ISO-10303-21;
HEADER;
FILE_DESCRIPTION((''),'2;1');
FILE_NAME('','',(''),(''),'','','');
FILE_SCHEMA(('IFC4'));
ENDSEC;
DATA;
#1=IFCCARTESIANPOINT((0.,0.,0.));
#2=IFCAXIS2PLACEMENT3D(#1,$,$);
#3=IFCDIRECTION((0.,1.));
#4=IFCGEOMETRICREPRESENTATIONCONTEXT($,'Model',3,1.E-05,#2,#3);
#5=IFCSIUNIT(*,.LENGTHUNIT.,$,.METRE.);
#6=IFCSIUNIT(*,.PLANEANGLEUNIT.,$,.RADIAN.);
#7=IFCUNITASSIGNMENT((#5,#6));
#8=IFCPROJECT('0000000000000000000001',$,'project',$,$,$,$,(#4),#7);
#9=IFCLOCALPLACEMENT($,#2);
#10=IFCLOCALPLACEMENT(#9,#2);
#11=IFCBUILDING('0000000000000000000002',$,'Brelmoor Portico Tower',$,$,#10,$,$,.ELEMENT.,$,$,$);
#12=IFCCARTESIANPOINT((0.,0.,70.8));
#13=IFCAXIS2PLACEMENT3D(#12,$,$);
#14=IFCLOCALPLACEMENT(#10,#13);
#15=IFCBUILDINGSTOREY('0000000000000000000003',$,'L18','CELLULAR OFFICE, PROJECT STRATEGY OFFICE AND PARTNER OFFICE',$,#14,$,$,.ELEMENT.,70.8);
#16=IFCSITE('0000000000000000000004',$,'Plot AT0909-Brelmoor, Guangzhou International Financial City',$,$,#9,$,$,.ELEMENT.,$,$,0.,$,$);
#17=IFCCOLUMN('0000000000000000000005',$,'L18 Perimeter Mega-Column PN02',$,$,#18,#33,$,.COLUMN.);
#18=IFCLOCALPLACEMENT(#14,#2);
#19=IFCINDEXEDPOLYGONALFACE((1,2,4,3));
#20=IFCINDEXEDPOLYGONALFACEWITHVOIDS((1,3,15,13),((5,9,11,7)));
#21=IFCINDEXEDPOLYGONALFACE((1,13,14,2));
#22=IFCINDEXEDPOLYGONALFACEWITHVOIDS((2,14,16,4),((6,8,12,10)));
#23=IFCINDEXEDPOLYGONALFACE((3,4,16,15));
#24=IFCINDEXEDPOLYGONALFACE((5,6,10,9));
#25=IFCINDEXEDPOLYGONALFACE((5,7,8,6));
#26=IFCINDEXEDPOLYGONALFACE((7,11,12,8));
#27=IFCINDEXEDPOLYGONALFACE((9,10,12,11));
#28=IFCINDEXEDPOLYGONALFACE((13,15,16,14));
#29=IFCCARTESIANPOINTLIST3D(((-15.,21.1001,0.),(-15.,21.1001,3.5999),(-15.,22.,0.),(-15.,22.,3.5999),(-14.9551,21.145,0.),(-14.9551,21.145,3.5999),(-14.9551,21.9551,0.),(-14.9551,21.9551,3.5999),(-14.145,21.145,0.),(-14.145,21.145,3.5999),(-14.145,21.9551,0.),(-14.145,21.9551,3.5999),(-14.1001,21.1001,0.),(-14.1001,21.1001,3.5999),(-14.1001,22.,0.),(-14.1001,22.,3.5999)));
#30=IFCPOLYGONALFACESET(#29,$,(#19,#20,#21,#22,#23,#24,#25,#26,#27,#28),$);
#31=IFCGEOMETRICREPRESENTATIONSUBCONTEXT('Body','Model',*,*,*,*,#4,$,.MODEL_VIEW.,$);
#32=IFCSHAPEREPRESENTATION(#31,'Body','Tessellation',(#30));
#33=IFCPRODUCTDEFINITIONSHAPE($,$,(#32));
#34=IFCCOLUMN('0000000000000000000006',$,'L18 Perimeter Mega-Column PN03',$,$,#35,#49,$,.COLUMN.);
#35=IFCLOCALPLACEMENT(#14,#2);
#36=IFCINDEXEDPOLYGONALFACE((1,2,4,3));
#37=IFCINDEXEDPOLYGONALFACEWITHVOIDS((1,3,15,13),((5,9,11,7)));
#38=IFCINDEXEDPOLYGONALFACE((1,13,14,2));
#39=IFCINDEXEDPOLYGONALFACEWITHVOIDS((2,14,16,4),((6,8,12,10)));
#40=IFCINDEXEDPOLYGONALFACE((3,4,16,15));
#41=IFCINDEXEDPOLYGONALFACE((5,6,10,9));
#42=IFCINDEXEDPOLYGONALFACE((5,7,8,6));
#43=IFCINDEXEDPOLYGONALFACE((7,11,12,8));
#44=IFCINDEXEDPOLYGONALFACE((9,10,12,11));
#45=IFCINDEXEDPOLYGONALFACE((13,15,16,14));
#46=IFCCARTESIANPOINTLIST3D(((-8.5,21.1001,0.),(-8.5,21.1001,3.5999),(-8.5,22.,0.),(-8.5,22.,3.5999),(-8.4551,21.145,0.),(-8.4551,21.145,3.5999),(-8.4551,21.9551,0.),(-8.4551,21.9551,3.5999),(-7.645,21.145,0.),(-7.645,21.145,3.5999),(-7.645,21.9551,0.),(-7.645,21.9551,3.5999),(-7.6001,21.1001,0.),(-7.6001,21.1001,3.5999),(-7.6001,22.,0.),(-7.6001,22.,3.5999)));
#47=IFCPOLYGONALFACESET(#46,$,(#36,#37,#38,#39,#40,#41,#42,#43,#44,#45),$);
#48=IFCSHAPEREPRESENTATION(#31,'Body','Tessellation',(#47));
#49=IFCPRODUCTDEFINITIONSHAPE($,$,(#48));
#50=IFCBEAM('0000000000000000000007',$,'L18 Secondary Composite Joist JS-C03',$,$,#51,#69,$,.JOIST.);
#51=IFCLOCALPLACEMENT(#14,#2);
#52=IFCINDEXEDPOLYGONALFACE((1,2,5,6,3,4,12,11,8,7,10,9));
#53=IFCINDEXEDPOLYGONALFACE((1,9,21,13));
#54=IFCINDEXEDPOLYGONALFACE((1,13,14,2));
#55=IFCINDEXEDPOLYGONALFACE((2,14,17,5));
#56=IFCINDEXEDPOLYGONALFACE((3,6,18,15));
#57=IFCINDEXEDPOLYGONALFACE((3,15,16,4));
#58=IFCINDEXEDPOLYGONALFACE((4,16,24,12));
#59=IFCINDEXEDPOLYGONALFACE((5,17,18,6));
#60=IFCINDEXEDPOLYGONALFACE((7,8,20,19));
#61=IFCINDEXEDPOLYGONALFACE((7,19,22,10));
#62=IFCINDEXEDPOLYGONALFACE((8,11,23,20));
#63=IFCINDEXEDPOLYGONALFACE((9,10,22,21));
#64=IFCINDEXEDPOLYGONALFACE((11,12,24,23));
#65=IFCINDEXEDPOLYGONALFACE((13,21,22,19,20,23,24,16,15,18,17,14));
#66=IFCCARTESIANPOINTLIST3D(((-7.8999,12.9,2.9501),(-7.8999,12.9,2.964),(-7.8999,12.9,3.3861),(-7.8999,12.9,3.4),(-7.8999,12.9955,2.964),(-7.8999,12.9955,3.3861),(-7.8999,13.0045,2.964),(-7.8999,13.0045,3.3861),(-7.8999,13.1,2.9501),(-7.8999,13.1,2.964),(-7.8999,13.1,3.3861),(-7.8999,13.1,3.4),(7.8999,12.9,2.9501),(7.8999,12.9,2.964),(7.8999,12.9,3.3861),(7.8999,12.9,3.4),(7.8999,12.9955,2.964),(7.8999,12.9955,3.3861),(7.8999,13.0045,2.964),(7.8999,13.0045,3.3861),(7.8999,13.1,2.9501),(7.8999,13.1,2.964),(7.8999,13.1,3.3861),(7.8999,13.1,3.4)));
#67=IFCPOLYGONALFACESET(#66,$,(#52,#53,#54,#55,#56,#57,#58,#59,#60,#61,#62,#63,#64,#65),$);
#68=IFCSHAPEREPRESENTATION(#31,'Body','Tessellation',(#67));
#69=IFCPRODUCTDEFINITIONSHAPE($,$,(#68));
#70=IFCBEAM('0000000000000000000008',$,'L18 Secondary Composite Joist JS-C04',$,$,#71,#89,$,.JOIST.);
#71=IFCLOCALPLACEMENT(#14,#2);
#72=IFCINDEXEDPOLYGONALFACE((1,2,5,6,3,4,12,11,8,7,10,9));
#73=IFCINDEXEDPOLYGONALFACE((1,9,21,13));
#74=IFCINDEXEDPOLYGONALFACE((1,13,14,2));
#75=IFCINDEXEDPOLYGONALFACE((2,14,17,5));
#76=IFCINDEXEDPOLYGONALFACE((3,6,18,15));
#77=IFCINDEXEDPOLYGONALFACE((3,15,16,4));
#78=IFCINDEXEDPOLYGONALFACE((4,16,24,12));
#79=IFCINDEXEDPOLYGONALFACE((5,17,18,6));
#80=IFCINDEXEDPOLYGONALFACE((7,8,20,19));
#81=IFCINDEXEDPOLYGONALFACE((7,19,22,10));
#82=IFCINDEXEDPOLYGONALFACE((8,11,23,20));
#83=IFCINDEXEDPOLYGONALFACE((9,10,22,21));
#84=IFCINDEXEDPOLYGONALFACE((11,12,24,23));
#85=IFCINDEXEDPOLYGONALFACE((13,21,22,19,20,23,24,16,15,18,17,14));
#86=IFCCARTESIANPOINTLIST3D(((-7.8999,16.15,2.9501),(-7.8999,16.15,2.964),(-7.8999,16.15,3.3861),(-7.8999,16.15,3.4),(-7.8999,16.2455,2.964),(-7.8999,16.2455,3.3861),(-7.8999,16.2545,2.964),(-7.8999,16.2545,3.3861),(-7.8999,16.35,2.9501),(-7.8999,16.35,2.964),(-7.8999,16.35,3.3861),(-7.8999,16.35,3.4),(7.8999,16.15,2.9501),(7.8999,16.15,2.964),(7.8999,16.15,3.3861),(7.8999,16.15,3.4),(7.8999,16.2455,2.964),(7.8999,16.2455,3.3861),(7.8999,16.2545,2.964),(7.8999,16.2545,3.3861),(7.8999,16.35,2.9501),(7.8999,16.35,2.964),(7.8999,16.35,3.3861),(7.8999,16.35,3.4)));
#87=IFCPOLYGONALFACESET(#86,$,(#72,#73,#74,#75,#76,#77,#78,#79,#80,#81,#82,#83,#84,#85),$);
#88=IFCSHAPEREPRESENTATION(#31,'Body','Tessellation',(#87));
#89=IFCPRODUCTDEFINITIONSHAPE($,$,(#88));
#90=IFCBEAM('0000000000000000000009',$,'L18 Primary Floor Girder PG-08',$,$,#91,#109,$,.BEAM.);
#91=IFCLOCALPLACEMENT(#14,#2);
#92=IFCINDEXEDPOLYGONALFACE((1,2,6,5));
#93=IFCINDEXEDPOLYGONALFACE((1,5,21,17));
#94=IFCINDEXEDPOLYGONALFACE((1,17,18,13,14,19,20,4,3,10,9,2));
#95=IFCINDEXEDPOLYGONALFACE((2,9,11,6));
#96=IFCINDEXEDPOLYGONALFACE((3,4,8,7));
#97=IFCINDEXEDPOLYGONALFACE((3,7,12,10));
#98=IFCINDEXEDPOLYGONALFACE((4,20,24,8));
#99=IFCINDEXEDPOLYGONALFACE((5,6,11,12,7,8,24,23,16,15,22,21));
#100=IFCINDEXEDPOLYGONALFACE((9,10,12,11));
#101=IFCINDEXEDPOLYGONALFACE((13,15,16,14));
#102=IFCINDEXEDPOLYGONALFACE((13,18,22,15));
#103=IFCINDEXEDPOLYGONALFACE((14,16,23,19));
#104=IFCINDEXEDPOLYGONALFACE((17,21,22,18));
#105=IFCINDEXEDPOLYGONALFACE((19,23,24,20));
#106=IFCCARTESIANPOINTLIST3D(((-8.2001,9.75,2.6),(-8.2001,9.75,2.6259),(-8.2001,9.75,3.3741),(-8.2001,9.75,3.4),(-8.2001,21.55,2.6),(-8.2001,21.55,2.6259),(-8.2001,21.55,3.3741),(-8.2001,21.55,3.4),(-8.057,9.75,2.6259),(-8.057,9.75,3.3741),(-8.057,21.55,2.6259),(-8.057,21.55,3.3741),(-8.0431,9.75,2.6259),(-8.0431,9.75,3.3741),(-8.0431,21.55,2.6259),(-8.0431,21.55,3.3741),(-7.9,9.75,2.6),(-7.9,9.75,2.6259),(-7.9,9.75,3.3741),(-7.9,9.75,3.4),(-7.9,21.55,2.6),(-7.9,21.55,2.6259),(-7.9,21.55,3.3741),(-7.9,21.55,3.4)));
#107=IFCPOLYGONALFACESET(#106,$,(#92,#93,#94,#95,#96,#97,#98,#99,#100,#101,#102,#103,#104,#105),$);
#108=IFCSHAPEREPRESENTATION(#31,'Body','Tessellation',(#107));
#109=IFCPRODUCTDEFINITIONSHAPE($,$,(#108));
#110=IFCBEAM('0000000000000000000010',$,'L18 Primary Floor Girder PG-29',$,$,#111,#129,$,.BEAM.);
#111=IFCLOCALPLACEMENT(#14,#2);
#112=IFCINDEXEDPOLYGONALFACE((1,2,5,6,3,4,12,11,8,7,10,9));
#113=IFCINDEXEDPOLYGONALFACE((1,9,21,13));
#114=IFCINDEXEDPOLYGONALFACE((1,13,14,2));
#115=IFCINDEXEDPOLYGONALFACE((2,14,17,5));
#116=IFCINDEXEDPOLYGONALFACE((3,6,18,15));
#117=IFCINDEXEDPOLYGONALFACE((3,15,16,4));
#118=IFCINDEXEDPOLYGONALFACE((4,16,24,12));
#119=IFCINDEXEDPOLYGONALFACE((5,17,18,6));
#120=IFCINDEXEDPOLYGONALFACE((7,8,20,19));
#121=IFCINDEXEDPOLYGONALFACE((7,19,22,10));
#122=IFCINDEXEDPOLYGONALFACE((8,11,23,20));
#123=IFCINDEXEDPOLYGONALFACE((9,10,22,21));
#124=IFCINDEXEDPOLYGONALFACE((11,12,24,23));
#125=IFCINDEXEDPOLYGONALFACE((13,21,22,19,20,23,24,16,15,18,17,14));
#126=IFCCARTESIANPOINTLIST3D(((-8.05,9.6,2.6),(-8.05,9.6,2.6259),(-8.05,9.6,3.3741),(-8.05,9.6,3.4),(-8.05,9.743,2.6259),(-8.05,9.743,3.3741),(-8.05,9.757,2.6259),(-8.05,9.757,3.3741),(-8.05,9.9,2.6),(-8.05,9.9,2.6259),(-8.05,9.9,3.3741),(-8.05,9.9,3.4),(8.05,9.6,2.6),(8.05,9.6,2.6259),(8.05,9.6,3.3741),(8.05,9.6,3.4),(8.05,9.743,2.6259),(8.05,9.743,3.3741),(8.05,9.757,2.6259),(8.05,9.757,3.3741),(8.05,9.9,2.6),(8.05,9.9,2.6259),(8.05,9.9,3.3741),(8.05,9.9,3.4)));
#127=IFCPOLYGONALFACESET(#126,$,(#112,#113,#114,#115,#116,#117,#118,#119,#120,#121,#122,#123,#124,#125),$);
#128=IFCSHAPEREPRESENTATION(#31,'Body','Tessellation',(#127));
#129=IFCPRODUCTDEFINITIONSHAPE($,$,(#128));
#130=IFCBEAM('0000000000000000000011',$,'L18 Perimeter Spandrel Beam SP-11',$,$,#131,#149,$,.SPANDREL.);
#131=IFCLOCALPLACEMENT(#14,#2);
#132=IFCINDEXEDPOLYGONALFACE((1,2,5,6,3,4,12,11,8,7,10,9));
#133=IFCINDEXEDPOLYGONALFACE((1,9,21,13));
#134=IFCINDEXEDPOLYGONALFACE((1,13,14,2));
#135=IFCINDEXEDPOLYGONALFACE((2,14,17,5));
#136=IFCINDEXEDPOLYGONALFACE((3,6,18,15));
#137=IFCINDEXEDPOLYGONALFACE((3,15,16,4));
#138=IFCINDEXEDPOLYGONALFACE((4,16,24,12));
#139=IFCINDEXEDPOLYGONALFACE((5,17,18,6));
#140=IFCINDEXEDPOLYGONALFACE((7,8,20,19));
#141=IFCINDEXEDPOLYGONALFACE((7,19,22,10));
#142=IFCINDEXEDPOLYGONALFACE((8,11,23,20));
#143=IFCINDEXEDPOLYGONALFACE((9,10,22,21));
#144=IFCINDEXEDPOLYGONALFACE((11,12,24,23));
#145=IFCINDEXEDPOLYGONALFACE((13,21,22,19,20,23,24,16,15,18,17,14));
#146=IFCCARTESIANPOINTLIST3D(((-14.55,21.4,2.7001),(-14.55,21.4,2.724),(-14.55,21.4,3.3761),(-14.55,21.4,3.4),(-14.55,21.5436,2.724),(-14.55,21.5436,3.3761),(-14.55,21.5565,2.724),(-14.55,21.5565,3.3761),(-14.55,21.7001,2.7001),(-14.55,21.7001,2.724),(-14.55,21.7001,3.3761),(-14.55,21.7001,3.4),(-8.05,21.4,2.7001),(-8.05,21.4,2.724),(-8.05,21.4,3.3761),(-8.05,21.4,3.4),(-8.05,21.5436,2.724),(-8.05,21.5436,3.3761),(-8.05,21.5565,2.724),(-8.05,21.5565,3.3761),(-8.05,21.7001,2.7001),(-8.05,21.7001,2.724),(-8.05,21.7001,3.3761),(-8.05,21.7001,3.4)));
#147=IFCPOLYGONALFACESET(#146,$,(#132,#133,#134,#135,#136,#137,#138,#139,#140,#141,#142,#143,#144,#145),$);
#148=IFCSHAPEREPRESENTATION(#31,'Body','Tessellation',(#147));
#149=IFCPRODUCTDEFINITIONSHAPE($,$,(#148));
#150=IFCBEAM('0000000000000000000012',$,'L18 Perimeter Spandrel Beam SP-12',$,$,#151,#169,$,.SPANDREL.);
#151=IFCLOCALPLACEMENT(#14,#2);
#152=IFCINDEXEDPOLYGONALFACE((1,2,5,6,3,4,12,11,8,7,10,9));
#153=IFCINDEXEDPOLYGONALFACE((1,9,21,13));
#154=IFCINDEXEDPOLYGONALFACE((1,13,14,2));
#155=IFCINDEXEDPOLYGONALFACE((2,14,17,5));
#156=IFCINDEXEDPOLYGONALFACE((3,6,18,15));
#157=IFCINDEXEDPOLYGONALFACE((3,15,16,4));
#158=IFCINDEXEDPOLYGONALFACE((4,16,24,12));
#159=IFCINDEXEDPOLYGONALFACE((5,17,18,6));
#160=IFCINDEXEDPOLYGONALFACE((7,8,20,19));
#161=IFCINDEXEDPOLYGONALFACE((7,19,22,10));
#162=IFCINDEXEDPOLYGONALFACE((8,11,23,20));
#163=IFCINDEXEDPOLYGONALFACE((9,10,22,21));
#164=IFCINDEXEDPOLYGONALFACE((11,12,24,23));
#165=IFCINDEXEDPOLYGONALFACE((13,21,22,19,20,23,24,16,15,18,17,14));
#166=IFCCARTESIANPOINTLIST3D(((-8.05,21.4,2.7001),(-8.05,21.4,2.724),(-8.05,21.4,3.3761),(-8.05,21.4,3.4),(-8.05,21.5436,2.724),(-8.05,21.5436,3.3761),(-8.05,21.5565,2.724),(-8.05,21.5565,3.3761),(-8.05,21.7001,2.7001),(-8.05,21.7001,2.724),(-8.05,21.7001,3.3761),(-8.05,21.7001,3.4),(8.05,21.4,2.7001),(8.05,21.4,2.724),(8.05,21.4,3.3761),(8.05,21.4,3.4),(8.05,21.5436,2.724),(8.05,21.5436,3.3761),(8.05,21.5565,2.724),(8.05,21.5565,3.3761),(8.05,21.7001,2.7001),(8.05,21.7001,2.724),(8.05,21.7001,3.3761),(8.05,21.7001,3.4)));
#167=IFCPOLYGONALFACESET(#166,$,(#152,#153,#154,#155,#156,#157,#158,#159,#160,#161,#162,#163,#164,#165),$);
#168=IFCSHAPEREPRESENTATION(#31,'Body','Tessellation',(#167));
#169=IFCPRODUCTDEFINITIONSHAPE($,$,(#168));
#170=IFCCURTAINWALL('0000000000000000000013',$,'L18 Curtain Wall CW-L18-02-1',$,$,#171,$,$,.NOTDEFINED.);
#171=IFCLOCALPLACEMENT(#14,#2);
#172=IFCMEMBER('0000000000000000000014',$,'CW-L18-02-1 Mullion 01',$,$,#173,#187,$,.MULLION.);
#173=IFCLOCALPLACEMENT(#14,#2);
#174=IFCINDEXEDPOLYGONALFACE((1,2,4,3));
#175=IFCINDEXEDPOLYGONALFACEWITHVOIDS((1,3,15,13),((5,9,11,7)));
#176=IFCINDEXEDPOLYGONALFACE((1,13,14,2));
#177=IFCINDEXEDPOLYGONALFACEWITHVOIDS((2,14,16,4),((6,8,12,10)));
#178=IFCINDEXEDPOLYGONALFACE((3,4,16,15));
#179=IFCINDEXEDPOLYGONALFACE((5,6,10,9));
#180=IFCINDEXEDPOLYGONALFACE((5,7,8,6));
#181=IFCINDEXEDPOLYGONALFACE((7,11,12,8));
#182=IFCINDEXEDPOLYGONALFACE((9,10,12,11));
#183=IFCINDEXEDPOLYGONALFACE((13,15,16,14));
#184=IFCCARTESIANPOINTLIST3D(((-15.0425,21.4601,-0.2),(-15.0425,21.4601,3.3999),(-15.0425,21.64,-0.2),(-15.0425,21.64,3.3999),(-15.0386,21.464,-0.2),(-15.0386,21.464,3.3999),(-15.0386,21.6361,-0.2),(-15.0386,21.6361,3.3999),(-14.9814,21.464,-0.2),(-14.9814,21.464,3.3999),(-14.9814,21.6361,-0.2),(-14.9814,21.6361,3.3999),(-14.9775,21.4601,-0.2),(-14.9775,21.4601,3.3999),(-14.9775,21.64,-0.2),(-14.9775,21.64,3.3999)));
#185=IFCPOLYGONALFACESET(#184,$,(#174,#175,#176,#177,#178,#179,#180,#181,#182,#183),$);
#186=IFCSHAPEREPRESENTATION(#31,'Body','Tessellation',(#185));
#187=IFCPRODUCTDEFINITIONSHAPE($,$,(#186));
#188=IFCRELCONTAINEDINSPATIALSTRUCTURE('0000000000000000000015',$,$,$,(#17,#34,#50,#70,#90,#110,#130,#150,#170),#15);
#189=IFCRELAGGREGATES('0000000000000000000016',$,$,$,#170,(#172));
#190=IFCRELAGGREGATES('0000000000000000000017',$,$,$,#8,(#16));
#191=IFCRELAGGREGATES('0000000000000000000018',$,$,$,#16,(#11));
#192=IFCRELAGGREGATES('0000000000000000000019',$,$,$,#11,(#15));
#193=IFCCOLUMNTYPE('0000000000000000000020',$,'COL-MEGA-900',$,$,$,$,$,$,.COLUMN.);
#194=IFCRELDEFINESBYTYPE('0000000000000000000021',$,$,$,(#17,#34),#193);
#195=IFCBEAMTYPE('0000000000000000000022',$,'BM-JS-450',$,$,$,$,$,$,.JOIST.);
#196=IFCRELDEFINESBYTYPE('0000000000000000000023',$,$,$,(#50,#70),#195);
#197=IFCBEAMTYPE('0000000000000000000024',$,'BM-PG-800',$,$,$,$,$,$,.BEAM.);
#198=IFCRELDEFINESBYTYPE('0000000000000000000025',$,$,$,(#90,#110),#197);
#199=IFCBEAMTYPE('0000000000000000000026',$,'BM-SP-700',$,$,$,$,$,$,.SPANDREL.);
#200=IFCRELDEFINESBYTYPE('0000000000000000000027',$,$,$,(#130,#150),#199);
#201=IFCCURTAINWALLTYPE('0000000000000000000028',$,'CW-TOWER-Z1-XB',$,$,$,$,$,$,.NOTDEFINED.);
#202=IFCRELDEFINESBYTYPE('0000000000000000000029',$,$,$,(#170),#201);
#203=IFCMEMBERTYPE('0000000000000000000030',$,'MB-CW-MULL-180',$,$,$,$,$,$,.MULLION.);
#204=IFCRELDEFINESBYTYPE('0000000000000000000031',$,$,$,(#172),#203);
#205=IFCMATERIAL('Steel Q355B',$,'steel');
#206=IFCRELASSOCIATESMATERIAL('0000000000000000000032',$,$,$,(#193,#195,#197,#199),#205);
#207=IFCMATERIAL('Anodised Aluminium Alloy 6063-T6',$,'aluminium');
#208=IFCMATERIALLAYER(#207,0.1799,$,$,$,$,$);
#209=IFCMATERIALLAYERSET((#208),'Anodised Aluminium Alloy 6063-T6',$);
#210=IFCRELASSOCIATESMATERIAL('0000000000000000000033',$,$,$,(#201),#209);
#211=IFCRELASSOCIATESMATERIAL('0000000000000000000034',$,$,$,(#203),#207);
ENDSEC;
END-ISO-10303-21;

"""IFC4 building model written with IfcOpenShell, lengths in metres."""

from ifc_helpers import new_model, si_unit, direction, frame, origin, origin_2d, place, context, subcontext, project, spatial, hollow_rectangle, i_section, extrude, material, layer, layer_set, material_profile, profile_set, type_object, element, aggregate, save


model = new_model("IFC4")

# Units and contexts
model_context = context("Model", 3, precision=1e-05, world=origin(), true_north=direction((0.0, 1.0)))
body_context = subcontext(model_context, "Body", "Model", "MODEL_VIEW")
ifc_project = project(units=[si_unit("LENGTHUNIT", "METRE"), si_unit("PLANEANGLEUNIT", "RADIAN")], contexts=[model_context])

# Site, building, storey
site_placement = place(None, origin())
site = spatial("IfcSite", under=ifc_project, at=site_placement, Name="Plot AT0909-Brelmoor, Guangzhou International Financial City", CompositionType="ELEMENT", RefElevation=0.0)
building_placement = place(site_placement, origin())
building = spatial("IfcBuilding", under=site, at=building_placement, Name="Brelmoor Portico Tower", CompositionType="ELEMENT")
storey_placement = place(building_placement, frame((0.0, 0.0, 70.8)))
storey = spatial("IfcBuildingStorey", under=building, at=storey_placement, Name="L18", Description="CELLULAR OFFICE, PROJECT STRATEGY OFFICE AND PARTNER OFFICE", CompositionType="ELEMENT", Elevation=70.8)

# Columns
ifc_material_1 = material(Name="Steel Q355B", Category="steel")
ifc_material_profile_1 = material_profile(ifc_material_1, hollow_rectangle(XDim=0.8999, YDim=0.8999, WallThickness=0.0449, at=origin_2d()), Name="BOX 900x900x45")
ifc_profile_set_1 = profile_set([ifc_material_profile_1], Name="Steel Q355B")
column_type = type_object("IfcColumnType", Name="COL-MEGA-900", PredefinedType="COLUMN", material=ifc_profile_set_1)
for number, where, z_axis, x_axis, name in (
    (1, (-14.55, 21.55, 0.0), (0.0, 0.0, 1.0), (1.0, 0.0, 0.0), "L18 Perimeter Mega-Column PN02"),
    (2, (-8.05, 21.55, 0.0), (0.0, 0.0, 1.0), (1.0, 0.0, 0.0), "L18 Perimeter Mega-Column PN03"),
):
    element("IfcColumn", number, at=place(storey_placement, frame(where, z_axis=z_axis, x_axis=x_axis)), inside=storey, type_object=column_type, Name=name, PredefinedType="COLUMN", context=body_context, shape_type="SweptSolid", body=[
        extrude(hollow_rectangle(XDim=0.8999, YDim=0.8999, WallThickness=0.0449, at=origin_2d()), origin(), (0.0, 0.0, 1.0), 3.5999),
    ])

# Beams
ifc_material_profile_2 = material_profile(ifc_material_1, i_section(OverallWidth=0.2, OverallDepth=0.45, WebThickness=0.009, FlangeThickness=0.0139, at=origin_2d()), Name="HN 450x200x9x14")
ifc_profile_set_2 = profile_set([ifc_material_profile_2], Name="Steel Q355B")
beam_type_1 = type_object("IfcBeamType", Name="BM-JS-450", PredefinedType="JOIST", material=ifc_profile_set_2)
for number, where, z_axis, x_axis, name in (
    (3, (-7.8999, 13.0, 3.175), (1.0, 0.0, 0.0), (0.0, 1.0, 0.0), "L18 Secondary Composite Joist JS-C03"),
    (4, (-7.8999, 16.25, 3.175), (1.0, 0.0, 0.0), (0.0, 1.0, 0.0), "L18 Secondary Composite Joist JS-C04"),
):
    element("IfcBeam", number, at=place(storey_placement, frame(where, z_axis=z_axis, x_axis=x_axis)), inside=storey, type_object=beam_type_1, Name=name, PredefinedType="JOIST", context=body_context, shape_type="SweptSolid", body=[
        extrude(i_section(OverallWidth=0.2, OverallDepth=0.45, WebThickness=0.009, FlangeThickness=0.0139, at=origin_2d()), origin(), (0.0, 0.0, 1.0), 15.7998),
    ])
ifc_material_profile_3 = material_profile(ifc_material_1, i_section(OverallWidth=0.3, OverallDepth=0.8, WebThickness=0.0139, FlangeThickness=0.0259, at=origin_2d()), Name="HN 800x300x14x26")
ifc_profile_set_3 = profile_set([ifc_material_profile_3], Name="Steel Q355B")
beam_type_2 = type_object("IfcBeamType", Name="BM-PG-800", PredefinedType="BEAM", material=ifc_profile_set_3)
beam_1_placement = place(storey_placement, frame((-8.05, 9.75, 3.0), z_axis=(0.0, 1.0, 0.0), x_axis=(-1.0, 0.0, 0.0)))
element("IfcBeam", 5, at=beam_1_placement, inside=storey, type_object=beam_type_2, Name="L18 Primary Floor Girder PG-08", PredefinedType="BEAM", context=body_context, shape_type="SweptSolid", body=[
    extrude(i_section(OverallWidth=0.3, OverallDepth=0.8, WebThickness=0.0139, FlangeThickness=0.0259, at=origin_2d()), origin(), (0.0, 0.0, 1.0), 11.8),
])
beam_2_placement = place(storey_placement, frame((-8.05, 9.75, 3.0), z_axis=(1.0, 0.0, 0.0), x_axis=(0.0, 1.0, 0.0)))
element("IfcBeam", 6, at=beam_2_placement, inside=storey, type_object=beam_type_2, Name="L18 Primary Floor Girder PG-29", PredefinedType="BEAM", context=body_context, shape_type="SweptSolid", body=[
    extrude(i_section(OverallWidth=0.3, OverallDepth=0.8, WebThickness=0.0139, FlangeThickness=0.0259, at=origin_2d()), origin(), (0.0, 0.0, 1.0), 16.1001),
])
ifc_material_profile_4 = material_profile(ifc_material_1, i_section(OverallWidth=0.3, OverallDepth=0.7, WebThickness=0.0129, FlangeThickness=0.0239, at=origin_2d()), Name="HN 700x300x13x24")
ifc_profile_set_4 = profile_set([ifc_material_profile_4], Name="Steel Q355B")
beam_type_3 = type_object("IfcBeamType", Name="BM-SP-700", PredefinedType="SPANDREL", material=ifc_profile_set_4)
beam_3_placement = place(storey_placement, frame((-14.55, 21.55, 3.05), z_axis=(1.0, 0.0, 0.0), x_axis=(0.0, 1.0, 0.0)))
element("IfcBeam", 7, at=beam_3_placement, inside=storey, type_object=beam_type_3, Name="L18 Perimeter Spandrel Beam SP-11", PredefinedType="SPANDREL", context=body_context, shape_type="SweptSolid", body=[
    extrude(i_section(OverallWidth=0.3, OverallDepth=0.7, WebThickness=0.0129, FlangeThickness=0.0239, at=origin_2d()), origin(), (0.0, 0.0, 1.0), 6.5),
])
beam_4_placement = place(storey_placement, frame((-8.05, 21.55, 3.05), z_axis=(1.0, 0.0, 0.0), x_axis=(0.0, 1.0, 0.0)))
element("IfcBeam", 8, at=beam_4_placement, inside=storey, type_object=beam_type_3, Name="L18 Perimeter Spandrel Beam SP-12", PredefinedType="SPANDREL", context=body_context, shape_type="SweptSolid", body=[
    extrude(i_section(OverallWidth=0.3, OverallDepth=0.7, WebThickness=0.0129, FlangeThickness=0.0239, at=origin_2d()), origin(), (0.0, 0.0, 1.0), 16.1001),
])

# Curtain wall, member
ifc_material_2 = material(Name="Anodised Aluminium Alloy 6063-T6", Category="aluminium")
ifc_layer_1 = layer(ifc_material_2, 0.1799)
ifc_layer_set_1 = layer_set([ifc_layer_1], Name="Anodised Aluminium Alloy 6063-T6")
curtain_wall_type_1 = type_object("IfcCurtainWallType", Name="CW-TOWER-Z1-XB", PredefinedType="NOTDEFINED", material=ifc_layer_set_1)
curtain_wall_1_placement = place(storey_placement, origin())
curtain_wall_1 = element("IfcCurtainWall", 9, at=curtain_wall_1_placement, inside=storey, type_object=curtain_wall_type_1, Name="L18 Curtain Wall CW-L18-02-1", PredefinedType="NOTDEFINED")
ifc_material_profile_5 = material_profile(ifc_material_2, hollow_rectangle(XDim=0.0649, YDim=0.1799, WallThickness=0.0039, at=origin_2d()), Name="ALU MULLION 65x180")
ifc_profile_set_5 = profile_set([ifc_material_profile_5], Name="Anodised Aluminium Alloy 6063-T6")
member_type_1 = type_object("IfcMemberType", Name="MB-CW-MULL-180", PredefinedType="MULLION", material=ifc_profile_set_5)
member_1_placement = place(storey_placement, frame((-15.01, 21.55, -0.2), z_axis=(0.0, 0.0, 1.0), x_axis=(1.0, 0.0, 0.0)))
member_1 = element("IfcMember", 10, at=member_1_placement, type_object=member_type_1, Name="CW-L18-02-1 Mullion 01", PredefinedType="MULLION", context=body_context, shape_type="SweptSolid", body=[
    extrude(hollow_rectangle(XDim=0.0649, YDim=0.1799, WallThickness=0.0039, at=origin_2d()), origin(), (0.0, 0.0, 1.0), 3.5999),
])

aggregate(curtain_wall_1, [member_1])

save(model, "model.ifc")
